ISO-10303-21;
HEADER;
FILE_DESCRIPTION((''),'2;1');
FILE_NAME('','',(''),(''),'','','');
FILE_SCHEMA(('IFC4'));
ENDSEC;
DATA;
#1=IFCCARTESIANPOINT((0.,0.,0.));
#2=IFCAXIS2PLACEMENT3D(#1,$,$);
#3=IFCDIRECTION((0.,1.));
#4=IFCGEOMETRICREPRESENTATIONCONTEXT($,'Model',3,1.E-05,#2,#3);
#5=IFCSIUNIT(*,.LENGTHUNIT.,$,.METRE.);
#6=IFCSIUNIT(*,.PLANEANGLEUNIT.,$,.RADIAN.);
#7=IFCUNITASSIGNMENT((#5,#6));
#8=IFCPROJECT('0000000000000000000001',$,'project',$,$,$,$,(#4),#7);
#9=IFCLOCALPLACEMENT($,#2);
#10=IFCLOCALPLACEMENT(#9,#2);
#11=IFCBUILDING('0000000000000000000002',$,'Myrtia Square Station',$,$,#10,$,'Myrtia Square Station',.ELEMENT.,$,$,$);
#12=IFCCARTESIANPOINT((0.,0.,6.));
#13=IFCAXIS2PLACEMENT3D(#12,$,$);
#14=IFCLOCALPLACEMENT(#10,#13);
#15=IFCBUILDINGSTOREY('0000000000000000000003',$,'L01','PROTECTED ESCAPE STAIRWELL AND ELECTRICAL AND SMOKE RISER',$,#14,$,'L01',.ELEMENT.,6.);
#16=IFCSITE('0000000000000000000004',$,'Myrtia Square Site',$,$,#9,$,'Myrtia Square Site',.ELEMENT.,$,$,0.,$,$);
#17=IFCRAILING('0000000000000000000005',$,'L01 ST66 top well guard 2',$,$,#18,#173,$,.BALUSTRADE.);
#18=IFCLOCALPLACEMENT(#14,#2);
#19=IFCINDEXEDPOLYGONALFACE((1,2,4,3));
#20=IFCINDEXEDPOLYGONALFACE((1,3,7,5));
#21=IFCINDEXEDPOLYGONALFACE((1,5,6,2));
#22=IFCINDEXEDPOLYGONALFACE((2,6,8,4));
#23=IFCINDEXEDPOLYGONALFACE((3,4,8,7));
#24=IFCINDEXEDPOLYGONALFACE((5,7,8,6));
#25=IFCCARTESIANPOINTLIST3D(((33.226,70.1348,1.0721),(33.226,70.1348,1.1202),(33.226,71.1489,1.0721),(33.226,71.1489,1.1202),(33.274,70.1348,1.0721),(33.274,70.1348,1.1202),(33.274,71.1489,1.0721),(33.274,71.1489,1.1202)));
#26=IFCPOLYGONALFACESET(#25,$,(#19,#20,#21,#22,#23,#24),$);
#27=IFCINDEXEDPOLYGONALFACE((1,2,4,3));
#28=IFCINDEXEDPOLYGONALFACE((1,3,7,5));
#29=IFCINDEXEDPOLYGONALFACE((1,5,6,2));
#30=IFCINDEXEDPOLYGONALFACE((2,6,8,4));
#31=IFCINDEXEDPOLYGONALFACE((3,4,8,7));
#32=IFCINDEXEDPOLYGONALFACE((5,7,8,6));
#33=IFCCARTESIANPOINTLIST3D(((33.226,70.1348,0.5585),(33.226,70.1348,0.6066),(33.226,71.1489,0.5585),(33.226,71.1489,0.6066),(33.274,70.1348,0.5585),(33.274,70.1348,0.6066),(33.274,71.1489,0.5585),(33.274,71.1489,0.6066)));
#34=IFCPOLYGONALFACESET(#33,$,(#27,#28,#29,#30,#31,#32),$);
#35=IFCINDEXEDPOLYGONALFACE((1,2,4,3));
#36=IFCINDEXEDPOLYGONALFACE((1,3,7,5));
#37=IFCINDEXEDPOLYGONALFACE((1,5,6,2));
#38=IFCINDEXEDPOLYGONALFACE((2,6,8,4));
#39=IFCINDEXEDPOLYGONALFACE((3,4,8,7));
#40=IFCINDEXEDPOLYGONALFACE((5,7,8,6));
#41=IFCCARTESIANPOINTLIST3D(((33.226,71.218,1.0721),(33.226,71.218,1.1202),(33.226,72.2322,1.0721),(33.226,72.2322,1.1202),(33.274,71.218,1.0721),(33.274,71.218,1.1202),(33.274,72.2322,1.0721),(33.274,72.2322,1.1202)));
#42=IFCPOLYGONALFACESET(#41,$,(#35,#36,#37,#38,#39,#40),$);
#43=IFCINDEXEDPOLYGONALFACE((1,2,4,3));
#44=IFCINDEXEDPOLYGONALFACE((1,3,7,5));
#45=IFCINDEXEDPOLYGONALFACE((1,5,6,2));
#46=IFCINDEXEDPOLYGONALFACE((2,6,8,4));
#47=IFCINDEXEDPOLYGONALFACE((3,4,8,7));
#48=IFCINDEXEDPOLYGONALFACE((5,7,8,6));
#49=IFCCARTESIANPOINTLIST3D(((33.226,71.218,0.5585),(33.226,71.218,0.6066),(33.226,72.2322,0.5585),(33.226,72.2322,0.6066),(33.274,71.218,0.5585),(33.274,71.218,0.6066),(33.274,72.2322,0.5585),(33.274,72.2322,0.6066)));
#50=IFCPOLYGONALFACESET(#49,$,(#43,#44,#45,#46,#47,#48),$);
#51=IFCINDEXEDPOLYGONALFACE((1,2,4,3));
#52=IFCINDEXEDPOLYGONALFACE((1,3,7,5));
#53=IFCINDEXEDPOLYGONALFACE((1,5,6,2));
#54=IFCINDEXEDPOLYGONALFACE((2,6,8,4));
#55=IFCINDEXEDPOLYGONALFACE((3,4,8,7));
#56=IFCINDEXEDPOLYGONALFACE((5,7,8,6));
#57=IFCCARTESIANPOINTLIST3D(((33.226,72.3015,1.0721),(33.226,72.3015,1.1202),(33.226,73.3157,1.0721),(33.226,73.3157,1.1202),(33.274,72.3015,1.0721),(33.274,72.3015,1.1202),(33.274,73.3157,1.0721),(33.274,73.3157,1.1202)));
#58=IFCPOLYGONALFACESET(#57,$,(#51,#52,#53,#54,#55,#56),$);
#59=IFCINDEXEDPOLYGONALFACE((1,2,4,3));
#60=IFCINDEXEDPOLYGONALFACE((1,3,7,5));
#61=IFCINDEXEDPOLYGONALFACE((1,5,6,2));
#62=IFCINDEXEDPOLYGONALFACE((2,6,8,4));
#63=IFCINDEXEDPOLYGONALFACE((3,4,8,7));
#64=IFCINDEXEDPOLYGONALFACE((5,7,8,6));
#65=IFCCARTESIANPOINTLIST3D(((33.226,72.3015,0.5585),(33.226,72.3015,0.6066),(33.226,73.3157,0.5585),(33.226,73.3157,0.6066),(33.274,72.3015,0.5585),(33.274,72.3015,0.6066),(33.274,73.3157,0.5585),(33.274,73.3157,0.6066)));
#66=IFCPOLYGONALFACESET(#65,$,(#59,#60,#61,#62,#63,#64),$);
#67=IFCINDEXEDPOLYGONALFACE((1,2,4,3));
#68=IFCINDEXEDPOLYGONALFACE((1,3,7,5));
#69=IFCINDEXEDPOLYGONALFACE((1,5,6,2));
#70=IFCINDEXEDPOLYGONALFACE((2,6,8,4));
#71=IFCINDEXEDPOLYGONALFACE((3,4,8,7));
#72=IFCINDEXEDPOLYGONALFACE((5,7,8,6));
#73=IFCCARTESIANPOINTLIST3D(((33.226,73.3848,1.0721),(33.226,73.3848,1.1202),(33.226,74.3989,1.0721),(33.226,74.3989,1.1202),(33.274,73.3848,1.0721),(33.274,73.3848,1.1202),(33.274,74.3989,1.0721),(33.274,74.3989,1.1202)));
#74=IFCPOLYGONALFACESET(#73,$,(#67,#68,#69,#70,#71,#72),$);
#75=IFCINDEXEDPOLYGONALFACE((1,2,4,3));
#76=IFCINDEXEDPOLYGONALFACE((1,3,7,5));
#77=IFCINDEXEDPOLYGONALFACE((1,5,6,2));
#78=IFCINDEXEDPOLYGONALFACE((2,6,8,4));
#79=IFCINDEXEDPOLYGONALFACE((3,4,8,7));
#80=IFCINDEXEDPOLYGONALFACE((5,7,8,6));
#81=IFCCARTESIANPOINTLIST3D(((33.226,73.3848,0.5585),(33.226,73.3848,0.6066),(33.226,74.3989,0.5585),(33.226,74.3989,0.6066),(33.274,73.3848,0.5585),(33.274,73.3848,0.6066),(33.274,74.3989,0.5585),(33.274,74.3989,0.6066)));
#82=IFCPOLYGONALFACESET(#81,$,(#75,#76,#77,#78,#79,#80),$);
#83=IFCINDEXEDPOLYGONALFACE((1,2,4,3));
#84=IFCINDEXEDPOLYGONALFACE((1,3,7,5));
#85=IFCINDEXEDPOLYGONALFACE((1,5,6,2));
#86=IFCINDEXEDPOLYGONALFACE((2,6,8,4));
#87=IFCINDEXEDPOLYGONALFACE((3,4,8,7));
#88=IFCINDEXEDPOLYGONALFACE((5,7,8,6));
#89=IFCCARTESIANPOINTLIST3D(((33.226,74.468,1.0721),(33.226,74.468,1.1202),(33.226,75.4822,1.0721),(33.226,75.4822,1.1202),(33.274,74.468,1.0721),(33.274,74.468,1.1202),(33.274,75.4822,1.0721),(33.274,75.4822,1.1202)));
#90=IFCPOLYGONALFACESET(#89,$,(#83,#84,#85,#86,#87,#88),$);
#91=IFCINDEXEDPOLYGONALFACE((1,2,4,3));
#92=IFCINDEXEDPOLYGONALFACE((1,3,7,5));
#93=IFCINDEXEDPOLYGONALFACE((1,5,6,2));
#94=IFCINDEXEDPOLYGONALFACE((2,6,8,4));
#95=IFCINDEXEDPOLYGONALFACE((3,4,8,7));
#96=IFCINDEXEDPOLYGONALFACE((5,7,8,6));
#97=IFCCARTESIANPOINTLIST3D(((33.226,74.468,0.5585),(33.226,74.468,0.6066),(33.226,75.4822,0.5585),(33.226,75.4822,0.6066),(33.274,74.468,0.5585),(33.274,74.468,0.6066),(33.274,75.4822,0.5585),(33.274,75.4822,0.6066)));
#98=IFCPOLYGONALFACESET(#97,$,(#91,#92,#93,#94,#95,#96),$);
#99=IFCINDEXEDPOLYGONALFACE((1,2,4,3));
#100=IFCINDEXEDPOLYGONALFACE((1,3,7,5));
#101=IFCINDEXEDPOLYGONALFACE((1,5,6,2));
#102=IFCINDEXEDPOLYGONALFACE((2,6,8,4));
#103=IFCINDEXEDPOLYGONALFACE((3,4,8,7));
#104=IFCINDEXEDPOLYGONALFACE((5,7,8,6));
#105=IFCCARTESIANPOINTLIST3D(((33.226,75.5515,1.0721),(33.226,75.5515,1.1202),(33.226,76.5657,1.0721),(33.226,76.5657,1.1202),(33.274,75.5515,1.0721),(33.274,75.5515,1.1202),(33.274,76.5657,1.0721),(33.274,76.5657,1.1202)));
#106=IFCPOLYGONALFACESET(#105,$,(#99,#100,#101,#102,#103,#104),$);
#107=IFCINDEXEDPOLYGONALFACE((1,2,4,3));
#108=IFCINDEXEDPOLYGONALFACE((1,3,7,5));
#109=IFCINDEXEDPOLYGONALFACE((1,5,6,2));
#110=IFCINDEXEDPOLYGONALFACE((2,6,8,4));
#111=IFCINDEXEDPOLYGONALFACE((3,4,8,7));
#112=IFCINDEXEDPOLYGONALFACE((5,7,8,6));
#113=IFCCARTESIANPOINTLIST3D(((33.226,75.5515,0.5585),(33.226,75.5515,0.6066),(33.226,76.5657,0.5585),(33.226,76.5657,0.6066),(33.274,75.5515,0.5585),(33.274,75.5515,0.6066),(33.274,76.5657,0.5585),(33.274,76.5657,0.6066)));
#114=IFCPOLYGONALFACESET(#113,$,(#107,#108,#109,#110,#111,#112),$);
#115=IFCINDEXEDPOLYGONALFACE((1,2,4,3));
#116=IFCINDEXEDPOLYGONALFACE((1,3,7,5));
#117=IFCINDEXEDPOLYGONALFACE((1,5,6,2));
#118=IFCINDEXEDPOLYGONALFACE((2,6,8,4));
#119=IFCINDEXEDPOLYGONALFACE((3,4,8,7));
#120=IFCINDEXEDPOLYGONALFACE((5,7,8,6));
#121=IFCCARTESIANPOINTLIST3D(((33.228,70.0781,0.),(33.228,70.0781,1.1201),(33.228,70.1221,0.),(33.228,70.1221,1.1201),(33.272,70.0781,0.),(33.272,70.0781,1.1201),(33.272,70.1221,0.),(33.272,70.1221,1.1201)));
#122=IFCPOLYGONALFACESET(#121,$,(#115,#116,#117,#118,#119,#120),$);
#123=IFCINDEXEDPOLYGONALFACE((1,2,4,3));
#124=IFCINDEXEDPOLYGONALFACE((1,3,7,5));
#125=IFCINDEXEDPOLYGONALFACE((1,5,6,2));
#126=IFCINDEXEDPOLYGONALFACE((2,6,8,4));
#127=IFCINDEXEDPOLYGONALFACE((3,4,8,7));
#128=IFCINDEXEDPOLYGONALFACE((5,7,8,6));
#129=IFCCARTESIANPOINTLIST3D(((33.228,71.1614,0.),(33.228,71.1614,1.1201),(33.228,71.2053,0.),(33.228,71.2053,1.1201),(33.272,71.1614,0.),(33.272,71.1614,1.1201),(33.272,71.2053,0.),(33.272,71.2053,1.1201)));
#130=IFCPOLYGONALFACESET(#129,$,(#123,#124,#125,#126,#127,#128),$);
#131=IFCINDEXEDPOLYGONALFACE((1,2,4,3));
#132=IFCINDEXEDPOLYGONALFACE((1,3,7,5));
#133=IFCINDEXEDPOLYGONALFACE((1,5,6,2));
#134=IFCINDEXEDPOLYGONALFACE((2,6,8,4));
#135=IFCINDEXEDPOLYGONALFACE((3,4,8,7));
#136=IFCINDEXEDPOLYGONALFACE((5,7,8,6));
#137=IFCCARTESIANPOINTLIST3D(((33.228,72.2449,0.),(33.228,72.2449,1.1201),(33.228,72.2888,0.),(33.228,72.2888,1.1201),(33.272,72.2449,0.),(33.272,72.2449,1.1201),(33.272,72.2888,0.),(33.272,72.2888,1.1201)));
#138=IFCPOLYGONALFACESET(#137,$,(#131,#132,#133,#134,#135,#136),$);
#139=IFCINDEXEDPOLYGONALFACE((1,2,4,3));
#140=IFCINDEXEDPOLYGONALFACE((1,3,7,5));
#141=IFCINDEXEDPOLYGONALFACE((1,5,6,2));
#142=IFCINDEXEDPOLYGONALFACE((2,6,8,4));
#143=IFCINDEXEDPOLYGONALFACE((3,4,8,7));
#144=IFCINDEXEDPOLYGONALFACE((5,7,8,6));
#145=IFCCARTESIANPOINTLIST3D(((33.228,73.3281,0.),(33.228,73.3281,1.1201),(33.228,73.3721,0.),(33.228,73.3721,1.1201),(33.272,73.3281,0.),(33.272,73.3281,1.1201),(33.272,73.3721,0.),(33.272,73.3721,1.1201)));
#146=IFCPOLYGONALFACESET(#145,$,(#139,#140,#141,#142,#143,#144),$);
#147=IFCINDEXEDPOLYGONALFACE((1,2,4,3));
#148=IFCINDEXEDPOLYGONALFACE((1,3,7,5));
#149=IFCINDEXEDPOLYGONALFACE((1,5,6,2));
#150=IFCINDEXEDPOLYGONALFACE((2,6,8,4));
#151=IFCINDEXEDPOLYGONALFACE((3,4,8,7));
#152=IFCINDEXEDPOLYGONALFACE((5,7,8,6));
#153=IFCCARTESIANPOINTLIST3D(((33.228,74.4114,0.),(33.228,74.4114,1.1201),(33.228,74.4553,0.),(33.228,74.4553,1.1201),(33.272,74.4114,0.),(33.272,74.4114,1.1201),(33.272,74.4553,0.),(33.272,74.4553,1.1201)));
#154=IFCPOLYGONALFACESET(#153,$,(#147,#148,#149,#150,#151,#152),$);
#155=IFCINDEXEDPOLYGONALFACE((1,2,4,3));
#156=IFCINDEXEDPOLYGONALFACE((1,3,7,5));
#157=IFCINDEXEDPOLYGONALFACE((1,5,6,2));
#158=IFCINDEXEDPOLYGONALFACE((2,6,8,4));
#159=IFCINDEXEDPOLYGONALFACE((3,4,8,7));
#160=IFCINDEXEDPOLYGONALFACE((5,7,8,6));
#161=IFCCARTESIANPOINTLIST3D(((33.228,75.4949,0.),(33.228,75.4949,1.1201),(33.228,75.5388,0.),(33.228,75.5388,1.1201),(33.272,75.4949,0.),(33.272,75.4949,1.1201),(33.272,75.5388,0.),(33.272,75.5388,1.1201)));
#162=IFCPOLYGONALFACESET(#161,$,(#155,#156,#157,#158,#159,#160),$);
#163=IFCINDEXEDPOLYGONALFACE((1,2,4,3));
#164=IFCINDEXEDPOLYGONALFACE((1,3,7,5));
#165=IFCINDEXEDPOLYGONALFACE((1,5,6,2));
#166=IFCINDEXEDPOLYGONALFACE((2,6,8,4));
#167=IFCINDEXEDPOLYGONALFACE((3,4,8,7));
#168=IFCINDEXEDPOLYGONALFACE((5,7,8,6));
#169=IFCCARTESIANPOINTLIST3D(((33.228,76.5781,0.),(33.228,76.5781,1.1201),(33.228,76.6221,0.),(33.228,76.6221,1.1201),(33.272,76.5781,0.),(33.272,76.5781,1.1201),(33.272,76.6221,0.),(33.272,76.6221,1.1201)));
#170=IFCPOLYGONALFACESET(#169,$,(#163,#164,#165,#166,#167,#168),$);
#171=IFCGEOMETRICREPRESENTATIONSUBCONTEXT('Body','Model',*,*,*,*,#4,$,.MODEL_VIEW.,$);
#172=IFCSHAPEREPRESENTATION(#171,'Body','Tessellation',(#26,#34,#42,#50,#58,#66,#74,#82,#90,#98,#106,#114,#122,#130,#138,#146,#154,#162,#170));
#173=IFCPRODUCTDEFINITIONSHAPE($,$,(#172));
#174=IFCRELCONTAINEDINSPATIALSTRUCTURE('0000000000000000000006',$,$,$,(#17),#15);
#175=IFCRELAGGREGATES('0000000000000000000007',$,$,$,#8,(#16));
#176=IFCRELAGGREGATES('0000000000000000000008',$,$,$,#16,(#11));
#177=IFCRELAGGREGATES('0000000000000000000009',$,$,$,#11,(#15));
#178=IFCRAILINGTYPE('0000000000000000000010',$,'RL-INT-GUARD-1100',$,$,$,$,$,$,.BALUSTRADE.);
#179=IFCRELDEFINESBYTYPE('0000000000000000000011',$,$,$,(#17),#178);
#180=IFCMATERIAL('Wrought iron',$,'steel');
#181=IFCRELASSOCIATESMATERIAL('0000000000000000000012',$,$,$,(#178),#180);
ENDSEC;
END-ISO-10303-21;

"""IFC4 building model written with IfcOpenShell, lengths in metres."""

from ifc_helpers import new_model, si_unit, direction, frame, origin, origin_2d, place, context, subcontext, project, spatial, rectangle, extrude, material, type_object, element, save


model = new_model("IFC4")

# Units and contexts
model_context = context("Model", 3, precision=1e-05, world=origin(), true_north=direction((0.0, 1.0)))
body_context = subcontext(model_context, "Body", "Model", "MODEL_VIEW")
ifc_project = project(units=[si_unit("LENGTHUNIT", "METRE"), si_unit("PLANEANGLEUNIT", "RADIAN")], contexts=[model_context])

# Site, building, storey
site_placement = place(None, origin())
site = spatial("IfcSite", under=ifc_project, at=site_placement, Name="Myrtia Square Site", LongName="Myrtia Square Site", CompositionType="ELEMENT", RefElevation=0.0)
building_placement = place(site_placement, origin())
building = spatial("IfcBuilding", under=site, at=building_placement, Name="Myrtia Square Station", LongName="Myrtia Square Station", CompositionType="ELEMENT")
storey_placement = place(building_placement, frame((0.0, 0.0, 6.0)))
storey = spatial("IfcBuildingStorey", under=building, at=storey_placement, Name="L01", Description="PROTECTED ESCAPE STAIRWELL AND ELECTRICAL AND SMOKE RISER", LongName="L01", CompositionType="ELEMENT", Elevation=6.0)

# Railing
ifc_material_1 = material(Name="Wrought iron", Category="steel")
railing_type = type_object("IfcRailingType", Name="RL-INT-GUARD-1100", PredefinedType="BALUSTRADE", material=ifc_material_1)
railing_1_placement = place(storey_placement, frame((33.25, 70.1001, 0.0)))
element("IfcRailing", 1, at=railing_1_placement, inside=storey, type_object=railing_type, Name="L01 ST66 top well guard 2", PredefinedType="BALUSTRADE", context=body_context, shape_type="SweptSolid", body=[
    extrude(rectangle(XDim=0.0481, YDim=0.0481, at=origin_2d()), frame((0.0, 0.0347, 1.0962), z_axis=(0.0, 1.0, 0.0), x_axis=(-1.0, 0.0, 0.0)), (0.0, 0.0, 1.0), 1.0142),
    extrude(rectangle(XDim=0.0481, YDim=0.0481, at=origin_2d()), frame((0.0, 0.0347, 0.5825), z_axis=(0.0, 1.0, 0.0), x_axis=(-1.0, 0.0, 0.0)), (0.0, 0.0, 1.0), 1.0142),
    extrude(rectangle(XDim=0.0481, YDim=0.0481, at=origin_2d()), frame((0.0, 1.1179, 1.0962), z_axis=(0.0, 1.0, 0.0), x_axis=(-1.0, 0.0, 0.0)), (0.0, 0.0, 1.0), 1.0142),
    extrude(rectangle(XDim=0.0481, YDim=0.0481, at=origin_2d()), frame((0.0, 1.1179, 0.5825), z_axis=(0.0, 1.0, 0.0), x_axis=(-1.0, 0.0, 0.0)), (0.0, 0.0, 1.0), 1.0142),
    extrude(rectangle(XDim=0.0481, YDim=0.0481, at=origin_2d()), frame((0.0, 2.2014, 1.0962), z_axis=(0.0, 1.0, 0.0), x_axis=(-1.0, 0.0, 0.0)), (0.0, 0.0, 1.0), 1.0142),
    extrude(rectangle(XDim=0.0481, YDim=0.0481, at=origin_2d()), frame((0.0, 2.2014, 0.5825), z_axis=(0.0, 1.0, 0.0), x_axis=(-1.0, 0.0, 0.0)), (0.0, 0.0, 1.0), 1.0142),
    extrude(rectangle(XDim=0.0481, YDim=0.0481, at=origin_2d()), frame((0.0, 3.2847, 1.0962), z_axis=(0.0, 1.0, 0.0), x_axis=(-1.0, 0.0, 0.0)), (0.0, 0.0, 1.0), 1.0142),
    extrude(rectangle(XDim=0.0481, YDim=0.0481, at=origin_2d()), frame((0.0, 3.2847, 0.5825), z_axis=(0.0, 1.0, 0.0), x_axis=(-1.0, 0.0, 0.0)), (0.0, 0.0, 1.0), 1.0142),
    extrude(rectangle(XDim=0.0481, YDim=0.0481, at=origin_2d()), frame((0.0, 4.3679, 1.0962), z_axis=(0.0, 1.0, 0.0), x_axis=(-1.0, 0.0, 0.0)), (0.0, 0.0, 1.0), 1.0142),
    extrude(rectangle(XDim=0.0481, YDim=0.0481, at=origin_2d()), frame((0.0, 4.3679, 0.5825), z_axis=(0.0, 1.0, 0.0), x_axis=(-1.0, 0.0, 0.0)), (0.0, 0.0, 1.0), 1.0142),
    extrude(rectangle(XDim=0.0481, YDim=0.0481, at=origin_2d()), frame((0.0, 5.4514, 1.0962), z_axis=(0.0, 1.0, 0.0), x_axis=(-1.0, 0.0, 0.0)), (0.0, 0.0, 1.0), 1.0142),
    extrude(rectangle(XDim=0.0481, YDim=0.0481, at=origin_2d()), frame((0.0, 5.4514, 0.5825), z_axis=(0.0, 1.0, 0.0), x_axis=(-1.0, 0.0, 0.0)), (0.0, 0.0, 1.0), 1.0142),
    extrude(rectangle(XDim=0.0439, YDim=0.0439, at=origin_2d()), origin(), (0.0, 0.0, 1.0), 1.1201),
    extrude(rectangle(XDim=0.0439, YDim=0.0439, at=origin_2d()), frame((0.0, 1.0833, 0.0)), (0.0, 0.0, 1.0), 1.1201),
    extrude(rectangle(XDim=0.0439, YDim=0.0439, at=origin_2d()), frame((0.0, 2.1667, 0.0)), (0.0, 0.0, 1.0), 1.1201),
    extrude(rectangle(XDim=0.0439, YDim=0.0439, at=origin_2d()), frame((0.0, 3.25, 0.0)), (0.0, 0.0, 1.0), 1.1201),
    extrude(rectangle(XDim=0.0439, YDim=0.0439, at=origin_2d()), frame((0.0, 4.3333, 0.0)), (0.0, 0.0, 1.0), 1.1201),
    extrude(rectangle(XDim=0.0439, YDim=0.0439, at=origin_2d()), frame((0.0, 5.4167, 0.0)), (0.0, 0.0, 1.0), 1.1201),
    extrude(rectangle(XDim=0.0439, YDim=0.0439, at=origin_2d()), frame((0.0, 6.5, 0.0)), (0.0, 0.0, 1.0), 1.1201),
])

save(model, "model.ifc")
